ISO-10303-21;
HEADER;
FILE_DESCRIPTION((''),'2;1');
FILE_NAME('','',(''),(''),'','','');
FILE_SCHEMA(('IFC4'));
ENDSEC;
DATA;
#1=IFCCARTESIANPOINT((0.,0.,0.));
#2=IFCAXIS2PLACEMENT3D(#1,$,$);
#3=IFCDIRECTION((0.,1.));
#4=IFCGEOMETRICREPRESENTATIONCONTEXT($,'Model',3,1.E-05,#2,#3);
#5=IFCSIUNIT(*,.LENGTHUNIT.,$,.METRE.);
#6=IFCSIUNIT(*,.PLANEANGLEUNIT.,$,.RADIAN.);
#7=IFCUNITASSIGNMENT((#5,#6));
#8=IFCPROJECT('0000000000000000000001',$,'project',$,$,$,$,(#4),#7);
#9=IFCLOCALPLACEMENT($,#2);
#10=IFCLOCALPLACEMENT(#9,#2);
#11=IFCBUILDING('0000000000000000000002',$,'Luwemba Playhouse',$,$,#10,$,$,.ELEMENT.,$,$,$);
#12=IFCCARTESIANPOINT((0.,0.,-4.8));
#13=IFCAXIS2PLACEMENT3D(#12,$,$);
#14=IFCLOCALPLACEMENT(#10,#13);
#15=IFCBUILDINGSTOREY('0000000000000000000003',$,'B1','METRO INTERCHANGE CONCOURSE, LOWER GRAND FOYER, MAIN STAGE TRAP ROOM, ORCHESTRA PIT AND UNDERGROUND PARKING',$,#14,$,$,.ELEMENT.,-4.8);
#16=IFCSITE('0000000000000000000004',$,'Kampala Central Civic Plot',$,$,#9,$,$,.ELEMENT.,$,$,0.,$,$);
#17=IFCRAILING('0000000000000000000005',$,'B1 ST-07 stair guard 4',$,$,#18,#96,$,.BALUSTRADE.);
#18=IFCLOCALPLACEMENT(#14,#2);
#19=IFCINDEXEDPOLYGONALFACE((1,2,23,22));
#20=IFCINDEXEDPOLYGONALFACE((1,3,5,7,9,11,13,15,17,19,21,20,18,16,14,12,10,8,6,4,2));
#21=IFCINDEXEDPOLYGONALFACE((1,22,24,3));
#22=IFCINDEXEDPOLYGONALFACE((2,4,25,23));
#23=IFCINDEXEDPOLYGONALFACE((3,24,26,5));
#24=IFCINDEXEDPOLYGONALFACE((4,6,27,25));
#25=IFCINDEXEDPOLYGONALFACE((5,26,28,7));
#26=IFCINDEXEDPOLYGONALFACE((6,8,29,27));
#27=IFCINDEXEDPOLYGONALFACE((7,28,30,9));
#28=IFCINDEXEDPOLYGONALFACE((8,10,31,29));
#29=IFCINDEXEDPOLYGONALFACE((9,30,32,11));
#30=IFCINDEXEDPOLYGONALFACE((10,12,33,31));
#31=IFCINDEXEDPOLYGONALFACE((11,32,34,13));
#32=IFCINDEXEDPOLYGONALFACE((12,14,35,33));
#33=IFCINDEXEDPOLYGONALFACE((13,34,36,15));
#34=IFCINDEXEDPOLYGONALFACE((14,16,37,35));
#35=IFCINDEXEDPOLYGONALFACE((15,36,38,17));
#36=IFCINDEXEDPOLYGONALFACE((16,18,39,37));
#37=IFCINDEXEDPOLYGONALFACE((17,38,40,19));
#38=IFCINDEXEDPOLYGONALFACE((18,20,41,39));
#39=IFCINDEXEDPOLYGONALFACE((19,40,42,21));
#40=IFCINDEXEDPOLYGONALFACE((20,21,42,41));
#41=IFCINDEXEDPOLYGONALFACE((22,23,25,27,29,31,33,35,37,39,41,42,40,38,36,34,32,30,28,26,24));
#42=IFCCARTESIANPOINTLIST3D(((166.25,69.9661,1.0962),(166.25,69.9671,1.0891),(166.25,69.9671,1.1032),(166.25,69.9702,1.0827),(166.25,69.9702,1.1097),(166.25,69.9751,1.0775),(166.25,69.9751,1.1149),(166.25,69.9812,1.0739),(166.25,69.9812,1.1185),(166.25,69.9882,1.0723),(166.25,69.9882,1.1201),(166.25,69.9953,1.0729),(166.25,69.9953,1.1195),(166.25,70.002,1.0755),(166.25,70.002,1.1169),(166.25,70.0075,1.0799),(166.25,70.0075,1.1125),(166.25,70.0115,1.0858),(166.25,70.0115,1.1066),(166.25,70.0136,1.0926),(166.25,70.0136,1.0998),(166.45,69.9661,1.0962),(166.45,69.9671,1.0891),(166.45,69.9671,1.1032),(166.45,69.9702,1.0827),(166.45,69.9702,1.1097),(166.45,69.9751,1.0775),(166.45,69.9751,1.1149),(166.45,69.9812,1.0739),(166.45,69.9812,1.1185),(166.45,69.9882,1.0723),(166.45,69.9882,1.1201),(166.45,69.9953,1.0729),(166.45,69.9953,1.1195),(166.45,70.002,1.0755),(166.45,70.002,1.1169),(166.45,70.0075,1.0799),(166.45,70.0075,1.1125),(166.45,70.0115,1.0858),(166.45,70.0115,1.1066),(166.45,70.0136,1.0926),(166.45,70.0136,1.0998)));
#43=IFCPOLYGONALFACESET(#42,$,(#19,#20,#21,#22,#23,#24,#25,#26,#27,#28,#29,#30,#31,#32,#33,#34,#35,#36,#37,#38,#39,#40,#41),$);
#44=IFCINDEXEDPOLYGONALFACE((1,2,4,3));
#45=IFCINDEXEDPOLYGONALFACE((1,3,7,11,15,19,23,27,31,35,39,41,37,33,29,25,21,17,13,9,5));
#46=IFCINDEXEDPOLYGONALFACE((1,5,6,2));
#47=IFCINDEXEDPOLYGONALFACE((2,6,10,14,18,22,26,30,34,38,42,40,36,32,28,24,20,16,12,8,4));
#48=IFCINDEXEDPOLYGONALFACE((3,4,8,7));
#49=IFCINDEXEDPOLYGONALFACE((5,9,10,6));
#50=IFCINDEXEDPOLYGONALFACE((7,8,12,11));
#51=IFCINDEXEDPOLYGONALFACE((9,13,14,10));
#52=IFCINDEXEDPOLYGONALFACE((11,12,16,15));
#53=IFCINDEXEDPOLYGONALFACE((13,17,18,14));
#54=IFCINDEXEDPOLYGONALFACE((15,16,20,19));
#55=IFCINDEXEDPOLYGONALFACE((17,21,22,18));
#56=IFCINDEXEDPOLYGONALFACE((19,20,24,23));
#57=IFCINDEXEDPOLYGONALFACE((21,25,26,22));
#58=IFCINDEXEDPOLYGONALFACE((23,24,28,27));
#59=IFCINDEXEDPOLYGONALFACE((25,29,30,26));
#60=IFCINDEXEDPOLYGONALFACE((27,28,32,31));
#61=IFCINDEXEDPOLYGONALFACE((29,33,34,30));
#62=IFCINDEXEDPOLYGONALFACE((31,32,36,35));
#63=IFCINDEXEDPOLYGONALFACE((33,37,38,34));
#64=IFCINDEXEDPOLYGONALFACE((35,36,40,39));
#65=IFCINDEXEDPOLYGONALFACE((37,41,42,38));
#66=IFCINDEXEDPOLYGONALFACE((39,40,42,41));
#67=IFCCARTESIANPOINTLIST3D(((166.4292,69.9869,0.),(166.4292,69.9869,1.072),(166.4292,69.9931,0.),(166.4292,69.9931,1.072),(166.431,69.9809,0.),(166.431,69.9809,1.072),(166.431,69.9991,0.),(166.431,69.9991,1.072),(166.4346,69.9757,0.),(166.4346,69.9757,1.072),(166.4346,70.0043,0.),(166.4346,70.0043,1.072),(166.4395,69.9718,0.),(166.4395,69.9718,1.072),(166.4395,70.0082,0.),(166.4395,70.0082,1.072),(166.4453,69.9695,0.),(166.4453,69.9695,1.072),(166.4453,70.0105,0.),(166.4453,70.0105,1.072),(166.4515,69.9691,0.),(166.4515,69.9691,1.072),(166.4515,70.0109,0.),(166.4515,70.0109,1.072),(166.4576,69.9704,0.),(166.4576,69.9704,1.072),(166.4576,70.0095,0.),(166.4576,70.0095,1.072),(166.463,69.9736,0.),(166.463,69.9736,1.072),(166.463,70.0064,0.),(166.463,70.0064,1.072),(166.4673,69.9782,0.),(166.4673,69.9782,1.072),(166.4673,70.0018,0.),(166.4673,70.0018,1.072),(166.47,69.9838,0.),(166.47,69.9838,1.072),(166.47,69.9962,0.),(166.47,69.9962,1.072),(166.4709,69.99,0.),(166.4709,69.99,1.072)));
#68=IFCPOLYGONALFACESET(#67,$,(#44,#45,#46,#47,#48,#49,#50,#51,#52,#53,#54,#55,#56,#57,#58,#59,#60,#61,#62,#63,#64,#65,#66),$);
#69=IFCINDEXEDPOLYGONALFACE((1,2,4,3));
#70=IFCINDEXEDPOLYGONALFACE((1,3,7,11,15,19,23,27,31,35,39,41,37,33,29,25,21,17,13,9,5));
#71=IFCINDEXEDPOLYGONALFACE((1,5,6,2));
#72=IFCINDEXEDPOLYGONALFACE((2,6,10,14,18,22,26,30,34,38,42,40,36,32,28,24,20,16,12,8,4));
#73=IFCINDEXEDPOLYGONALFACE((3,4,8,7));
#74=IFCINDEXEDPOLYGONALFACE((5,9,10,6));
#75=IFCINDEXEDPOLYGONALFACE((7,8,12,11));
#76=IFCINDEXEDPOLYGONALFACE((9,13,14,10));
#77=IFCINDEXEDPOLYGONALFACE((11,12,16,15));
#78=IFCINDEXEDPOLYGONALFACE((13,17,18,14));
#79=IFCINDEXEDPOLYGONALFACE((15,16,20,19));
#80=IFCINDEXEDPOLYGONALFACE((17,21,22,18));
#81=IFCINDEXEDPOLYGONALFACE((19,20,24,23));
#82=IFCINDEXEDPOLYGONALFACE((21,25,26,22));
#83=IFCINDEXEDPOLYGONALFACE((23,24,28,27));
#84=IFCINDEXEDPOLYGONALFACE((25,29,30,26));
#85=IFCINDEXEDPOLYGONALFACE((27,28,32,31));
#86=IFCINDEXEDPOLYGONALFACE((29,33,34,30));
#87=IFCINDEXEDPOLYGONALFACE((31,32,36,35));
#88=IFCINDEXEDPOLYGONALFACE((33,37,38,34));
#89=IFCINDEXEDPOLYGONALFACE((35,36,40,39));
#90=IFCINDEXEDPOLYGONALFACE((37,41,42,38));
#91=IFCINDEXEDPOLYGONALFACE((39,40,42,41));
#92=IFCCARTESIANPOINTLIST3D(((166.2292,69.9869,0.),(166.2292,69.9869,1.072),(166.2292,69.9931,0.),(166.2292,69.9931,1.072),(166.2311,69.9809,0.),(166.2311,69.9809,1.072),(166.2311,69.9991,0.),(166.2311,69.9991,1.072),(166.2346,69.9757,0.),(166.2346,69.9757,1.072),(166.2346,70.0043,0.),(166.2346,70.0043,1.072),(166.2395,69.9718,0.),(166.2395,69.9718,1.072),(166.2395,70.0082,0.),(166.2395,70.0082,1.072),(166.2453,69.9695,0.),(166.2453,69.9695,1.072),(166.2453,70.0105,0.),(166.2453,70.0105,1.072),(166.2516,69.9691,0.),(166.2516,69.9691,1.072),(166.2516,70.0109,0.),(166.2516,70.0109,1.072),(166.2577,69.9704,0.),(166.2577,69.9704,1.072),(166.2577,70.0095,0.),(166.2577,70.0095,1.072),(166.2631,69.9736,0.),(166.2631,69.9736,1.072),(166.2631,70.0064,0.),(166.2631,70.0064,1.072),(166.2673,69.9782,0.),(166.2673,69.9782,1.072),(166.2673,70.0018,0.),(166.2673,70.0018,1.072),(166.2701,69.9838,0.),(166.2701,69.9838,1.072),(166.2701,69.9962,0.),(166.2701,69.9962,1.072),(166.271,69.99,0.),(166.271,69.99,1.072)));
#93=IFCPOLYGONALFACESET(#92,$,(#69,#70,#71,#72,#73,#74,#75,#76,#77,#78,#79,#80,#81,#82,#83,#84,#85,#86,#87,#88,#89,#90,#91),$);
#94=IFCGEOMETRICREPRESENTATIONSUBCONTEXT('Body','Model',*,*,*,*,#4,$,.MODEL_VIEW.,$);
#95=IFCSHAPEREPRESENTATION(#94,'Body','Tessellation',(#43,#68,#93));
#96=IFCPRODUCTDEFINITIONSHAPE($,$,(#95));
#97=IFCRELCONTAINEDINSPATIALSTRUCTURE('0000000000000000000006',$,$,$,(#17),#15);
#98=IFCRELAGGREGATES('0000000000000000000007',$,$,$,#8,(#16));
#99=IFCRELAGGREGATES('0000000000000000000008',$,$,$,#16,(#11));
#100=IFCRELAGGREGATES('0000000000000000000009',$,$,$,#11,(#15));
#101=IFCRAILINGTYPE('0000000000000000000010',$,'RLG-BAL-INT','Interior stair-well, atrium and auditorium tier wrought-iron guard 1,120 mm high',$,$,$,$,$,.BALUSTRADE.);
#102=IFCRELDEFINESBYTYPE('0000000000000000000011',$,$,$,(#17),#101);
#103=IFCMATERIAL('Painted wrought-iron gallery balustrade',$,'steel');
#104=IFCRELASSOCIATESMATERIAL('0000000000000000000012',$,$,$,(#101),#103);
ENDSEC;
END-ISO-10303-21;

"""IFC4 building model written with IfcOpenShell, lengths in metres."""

from ifc_helpers import new_model, si_unit, direction, frame, origin, origin_2d, place, context, subcontext, project, spatial, circle, extrude, material, type_object, element, save


model = new_model("IFC4")

# Units and contexts
model_context = context("Model", 3, precision=1e-05, world=origin(), true_north=direction((0.0, 1.0)))
body_context = subcontext(model_context, "Body", "Model", "MODEL_VIEW")
ifc_project = project(units=[si_unit("LENGTHUNIT", "METRE"), si_unit("PLANEANGLEUNIT", "RADIAN")], contexts=[model_context])

# Site, building, storey
site_placement = place(None, origin())
site = spatial("IfcSite", under=ifc_project, at=site_placement, Name="Kampala Central Civic Plot", CompositionType="ELEMENT", RefElevation=0.0)
building_placement = place(site_placement, origin())
building = spatial("IfcBuilding", under=site, at=building_placement, Name="Luwemba Playhouse", CompositionType="ELEMENT")
storey_placement = place(building_placement, frame((0.0, 0.0, -4.8)))
storey = spatial("IfcBuildingStorey", under=building, at=storey_placement, Name="B1", Description="METRO INTERCHANGE CONCOURSE, LOWER GRAND FOYER, MAIN STAGE TRAP ROOM, ORCHESTRA PIT AND UNDERGROUND PARKING", CompositionType="ELEMENT", Elevation=-4.8)

# Railing
ifc_material_1 = material(Name="Painted wrought-iron gallery balustrade", Category="steel")
railing_type_1 = type_object("IfcRailingType", Name="RLG-BAL-INT", Description="Interior stair-well, atrium and auditorium tier wrought-iron guard 1,120 mm high", PredefinedType="BALUSTRADE", material=ifc_material_1)
railing_1_placement = place(storey_placement, frame((166.45, 69.99, 0.0)))
element("IfcRailing", 1, at=railing_1_placement, inside=storey, type_object=railing_type_1, Name="B1 ST-07 stair guard 4", PredefinedType="BALUSTRADE", context=body_context, shape_type="SweptSolid", body=[
    extrude(circle(Radius=0.0239, at=origin_2d()), frame((0.0, 0.0, 1.0962), z_axis=(-1.0, 0.0, 0.0), x_axis=(0.0, -1.0, 0.0)), (0.0, 0.0, 1.0), 0.2),
    extrude(circle(Radius=0.021, at=origin_2d()), origin(), (0.0, 0.0, 1.0), 1.072),
    extrude(circle(Radius=0.021, at=origin_2d()), frame((-0.2, 0.0, 0.0)), (0.0, 0.0, 1.0), 1.072),
])

save(model, "model.ifc")
